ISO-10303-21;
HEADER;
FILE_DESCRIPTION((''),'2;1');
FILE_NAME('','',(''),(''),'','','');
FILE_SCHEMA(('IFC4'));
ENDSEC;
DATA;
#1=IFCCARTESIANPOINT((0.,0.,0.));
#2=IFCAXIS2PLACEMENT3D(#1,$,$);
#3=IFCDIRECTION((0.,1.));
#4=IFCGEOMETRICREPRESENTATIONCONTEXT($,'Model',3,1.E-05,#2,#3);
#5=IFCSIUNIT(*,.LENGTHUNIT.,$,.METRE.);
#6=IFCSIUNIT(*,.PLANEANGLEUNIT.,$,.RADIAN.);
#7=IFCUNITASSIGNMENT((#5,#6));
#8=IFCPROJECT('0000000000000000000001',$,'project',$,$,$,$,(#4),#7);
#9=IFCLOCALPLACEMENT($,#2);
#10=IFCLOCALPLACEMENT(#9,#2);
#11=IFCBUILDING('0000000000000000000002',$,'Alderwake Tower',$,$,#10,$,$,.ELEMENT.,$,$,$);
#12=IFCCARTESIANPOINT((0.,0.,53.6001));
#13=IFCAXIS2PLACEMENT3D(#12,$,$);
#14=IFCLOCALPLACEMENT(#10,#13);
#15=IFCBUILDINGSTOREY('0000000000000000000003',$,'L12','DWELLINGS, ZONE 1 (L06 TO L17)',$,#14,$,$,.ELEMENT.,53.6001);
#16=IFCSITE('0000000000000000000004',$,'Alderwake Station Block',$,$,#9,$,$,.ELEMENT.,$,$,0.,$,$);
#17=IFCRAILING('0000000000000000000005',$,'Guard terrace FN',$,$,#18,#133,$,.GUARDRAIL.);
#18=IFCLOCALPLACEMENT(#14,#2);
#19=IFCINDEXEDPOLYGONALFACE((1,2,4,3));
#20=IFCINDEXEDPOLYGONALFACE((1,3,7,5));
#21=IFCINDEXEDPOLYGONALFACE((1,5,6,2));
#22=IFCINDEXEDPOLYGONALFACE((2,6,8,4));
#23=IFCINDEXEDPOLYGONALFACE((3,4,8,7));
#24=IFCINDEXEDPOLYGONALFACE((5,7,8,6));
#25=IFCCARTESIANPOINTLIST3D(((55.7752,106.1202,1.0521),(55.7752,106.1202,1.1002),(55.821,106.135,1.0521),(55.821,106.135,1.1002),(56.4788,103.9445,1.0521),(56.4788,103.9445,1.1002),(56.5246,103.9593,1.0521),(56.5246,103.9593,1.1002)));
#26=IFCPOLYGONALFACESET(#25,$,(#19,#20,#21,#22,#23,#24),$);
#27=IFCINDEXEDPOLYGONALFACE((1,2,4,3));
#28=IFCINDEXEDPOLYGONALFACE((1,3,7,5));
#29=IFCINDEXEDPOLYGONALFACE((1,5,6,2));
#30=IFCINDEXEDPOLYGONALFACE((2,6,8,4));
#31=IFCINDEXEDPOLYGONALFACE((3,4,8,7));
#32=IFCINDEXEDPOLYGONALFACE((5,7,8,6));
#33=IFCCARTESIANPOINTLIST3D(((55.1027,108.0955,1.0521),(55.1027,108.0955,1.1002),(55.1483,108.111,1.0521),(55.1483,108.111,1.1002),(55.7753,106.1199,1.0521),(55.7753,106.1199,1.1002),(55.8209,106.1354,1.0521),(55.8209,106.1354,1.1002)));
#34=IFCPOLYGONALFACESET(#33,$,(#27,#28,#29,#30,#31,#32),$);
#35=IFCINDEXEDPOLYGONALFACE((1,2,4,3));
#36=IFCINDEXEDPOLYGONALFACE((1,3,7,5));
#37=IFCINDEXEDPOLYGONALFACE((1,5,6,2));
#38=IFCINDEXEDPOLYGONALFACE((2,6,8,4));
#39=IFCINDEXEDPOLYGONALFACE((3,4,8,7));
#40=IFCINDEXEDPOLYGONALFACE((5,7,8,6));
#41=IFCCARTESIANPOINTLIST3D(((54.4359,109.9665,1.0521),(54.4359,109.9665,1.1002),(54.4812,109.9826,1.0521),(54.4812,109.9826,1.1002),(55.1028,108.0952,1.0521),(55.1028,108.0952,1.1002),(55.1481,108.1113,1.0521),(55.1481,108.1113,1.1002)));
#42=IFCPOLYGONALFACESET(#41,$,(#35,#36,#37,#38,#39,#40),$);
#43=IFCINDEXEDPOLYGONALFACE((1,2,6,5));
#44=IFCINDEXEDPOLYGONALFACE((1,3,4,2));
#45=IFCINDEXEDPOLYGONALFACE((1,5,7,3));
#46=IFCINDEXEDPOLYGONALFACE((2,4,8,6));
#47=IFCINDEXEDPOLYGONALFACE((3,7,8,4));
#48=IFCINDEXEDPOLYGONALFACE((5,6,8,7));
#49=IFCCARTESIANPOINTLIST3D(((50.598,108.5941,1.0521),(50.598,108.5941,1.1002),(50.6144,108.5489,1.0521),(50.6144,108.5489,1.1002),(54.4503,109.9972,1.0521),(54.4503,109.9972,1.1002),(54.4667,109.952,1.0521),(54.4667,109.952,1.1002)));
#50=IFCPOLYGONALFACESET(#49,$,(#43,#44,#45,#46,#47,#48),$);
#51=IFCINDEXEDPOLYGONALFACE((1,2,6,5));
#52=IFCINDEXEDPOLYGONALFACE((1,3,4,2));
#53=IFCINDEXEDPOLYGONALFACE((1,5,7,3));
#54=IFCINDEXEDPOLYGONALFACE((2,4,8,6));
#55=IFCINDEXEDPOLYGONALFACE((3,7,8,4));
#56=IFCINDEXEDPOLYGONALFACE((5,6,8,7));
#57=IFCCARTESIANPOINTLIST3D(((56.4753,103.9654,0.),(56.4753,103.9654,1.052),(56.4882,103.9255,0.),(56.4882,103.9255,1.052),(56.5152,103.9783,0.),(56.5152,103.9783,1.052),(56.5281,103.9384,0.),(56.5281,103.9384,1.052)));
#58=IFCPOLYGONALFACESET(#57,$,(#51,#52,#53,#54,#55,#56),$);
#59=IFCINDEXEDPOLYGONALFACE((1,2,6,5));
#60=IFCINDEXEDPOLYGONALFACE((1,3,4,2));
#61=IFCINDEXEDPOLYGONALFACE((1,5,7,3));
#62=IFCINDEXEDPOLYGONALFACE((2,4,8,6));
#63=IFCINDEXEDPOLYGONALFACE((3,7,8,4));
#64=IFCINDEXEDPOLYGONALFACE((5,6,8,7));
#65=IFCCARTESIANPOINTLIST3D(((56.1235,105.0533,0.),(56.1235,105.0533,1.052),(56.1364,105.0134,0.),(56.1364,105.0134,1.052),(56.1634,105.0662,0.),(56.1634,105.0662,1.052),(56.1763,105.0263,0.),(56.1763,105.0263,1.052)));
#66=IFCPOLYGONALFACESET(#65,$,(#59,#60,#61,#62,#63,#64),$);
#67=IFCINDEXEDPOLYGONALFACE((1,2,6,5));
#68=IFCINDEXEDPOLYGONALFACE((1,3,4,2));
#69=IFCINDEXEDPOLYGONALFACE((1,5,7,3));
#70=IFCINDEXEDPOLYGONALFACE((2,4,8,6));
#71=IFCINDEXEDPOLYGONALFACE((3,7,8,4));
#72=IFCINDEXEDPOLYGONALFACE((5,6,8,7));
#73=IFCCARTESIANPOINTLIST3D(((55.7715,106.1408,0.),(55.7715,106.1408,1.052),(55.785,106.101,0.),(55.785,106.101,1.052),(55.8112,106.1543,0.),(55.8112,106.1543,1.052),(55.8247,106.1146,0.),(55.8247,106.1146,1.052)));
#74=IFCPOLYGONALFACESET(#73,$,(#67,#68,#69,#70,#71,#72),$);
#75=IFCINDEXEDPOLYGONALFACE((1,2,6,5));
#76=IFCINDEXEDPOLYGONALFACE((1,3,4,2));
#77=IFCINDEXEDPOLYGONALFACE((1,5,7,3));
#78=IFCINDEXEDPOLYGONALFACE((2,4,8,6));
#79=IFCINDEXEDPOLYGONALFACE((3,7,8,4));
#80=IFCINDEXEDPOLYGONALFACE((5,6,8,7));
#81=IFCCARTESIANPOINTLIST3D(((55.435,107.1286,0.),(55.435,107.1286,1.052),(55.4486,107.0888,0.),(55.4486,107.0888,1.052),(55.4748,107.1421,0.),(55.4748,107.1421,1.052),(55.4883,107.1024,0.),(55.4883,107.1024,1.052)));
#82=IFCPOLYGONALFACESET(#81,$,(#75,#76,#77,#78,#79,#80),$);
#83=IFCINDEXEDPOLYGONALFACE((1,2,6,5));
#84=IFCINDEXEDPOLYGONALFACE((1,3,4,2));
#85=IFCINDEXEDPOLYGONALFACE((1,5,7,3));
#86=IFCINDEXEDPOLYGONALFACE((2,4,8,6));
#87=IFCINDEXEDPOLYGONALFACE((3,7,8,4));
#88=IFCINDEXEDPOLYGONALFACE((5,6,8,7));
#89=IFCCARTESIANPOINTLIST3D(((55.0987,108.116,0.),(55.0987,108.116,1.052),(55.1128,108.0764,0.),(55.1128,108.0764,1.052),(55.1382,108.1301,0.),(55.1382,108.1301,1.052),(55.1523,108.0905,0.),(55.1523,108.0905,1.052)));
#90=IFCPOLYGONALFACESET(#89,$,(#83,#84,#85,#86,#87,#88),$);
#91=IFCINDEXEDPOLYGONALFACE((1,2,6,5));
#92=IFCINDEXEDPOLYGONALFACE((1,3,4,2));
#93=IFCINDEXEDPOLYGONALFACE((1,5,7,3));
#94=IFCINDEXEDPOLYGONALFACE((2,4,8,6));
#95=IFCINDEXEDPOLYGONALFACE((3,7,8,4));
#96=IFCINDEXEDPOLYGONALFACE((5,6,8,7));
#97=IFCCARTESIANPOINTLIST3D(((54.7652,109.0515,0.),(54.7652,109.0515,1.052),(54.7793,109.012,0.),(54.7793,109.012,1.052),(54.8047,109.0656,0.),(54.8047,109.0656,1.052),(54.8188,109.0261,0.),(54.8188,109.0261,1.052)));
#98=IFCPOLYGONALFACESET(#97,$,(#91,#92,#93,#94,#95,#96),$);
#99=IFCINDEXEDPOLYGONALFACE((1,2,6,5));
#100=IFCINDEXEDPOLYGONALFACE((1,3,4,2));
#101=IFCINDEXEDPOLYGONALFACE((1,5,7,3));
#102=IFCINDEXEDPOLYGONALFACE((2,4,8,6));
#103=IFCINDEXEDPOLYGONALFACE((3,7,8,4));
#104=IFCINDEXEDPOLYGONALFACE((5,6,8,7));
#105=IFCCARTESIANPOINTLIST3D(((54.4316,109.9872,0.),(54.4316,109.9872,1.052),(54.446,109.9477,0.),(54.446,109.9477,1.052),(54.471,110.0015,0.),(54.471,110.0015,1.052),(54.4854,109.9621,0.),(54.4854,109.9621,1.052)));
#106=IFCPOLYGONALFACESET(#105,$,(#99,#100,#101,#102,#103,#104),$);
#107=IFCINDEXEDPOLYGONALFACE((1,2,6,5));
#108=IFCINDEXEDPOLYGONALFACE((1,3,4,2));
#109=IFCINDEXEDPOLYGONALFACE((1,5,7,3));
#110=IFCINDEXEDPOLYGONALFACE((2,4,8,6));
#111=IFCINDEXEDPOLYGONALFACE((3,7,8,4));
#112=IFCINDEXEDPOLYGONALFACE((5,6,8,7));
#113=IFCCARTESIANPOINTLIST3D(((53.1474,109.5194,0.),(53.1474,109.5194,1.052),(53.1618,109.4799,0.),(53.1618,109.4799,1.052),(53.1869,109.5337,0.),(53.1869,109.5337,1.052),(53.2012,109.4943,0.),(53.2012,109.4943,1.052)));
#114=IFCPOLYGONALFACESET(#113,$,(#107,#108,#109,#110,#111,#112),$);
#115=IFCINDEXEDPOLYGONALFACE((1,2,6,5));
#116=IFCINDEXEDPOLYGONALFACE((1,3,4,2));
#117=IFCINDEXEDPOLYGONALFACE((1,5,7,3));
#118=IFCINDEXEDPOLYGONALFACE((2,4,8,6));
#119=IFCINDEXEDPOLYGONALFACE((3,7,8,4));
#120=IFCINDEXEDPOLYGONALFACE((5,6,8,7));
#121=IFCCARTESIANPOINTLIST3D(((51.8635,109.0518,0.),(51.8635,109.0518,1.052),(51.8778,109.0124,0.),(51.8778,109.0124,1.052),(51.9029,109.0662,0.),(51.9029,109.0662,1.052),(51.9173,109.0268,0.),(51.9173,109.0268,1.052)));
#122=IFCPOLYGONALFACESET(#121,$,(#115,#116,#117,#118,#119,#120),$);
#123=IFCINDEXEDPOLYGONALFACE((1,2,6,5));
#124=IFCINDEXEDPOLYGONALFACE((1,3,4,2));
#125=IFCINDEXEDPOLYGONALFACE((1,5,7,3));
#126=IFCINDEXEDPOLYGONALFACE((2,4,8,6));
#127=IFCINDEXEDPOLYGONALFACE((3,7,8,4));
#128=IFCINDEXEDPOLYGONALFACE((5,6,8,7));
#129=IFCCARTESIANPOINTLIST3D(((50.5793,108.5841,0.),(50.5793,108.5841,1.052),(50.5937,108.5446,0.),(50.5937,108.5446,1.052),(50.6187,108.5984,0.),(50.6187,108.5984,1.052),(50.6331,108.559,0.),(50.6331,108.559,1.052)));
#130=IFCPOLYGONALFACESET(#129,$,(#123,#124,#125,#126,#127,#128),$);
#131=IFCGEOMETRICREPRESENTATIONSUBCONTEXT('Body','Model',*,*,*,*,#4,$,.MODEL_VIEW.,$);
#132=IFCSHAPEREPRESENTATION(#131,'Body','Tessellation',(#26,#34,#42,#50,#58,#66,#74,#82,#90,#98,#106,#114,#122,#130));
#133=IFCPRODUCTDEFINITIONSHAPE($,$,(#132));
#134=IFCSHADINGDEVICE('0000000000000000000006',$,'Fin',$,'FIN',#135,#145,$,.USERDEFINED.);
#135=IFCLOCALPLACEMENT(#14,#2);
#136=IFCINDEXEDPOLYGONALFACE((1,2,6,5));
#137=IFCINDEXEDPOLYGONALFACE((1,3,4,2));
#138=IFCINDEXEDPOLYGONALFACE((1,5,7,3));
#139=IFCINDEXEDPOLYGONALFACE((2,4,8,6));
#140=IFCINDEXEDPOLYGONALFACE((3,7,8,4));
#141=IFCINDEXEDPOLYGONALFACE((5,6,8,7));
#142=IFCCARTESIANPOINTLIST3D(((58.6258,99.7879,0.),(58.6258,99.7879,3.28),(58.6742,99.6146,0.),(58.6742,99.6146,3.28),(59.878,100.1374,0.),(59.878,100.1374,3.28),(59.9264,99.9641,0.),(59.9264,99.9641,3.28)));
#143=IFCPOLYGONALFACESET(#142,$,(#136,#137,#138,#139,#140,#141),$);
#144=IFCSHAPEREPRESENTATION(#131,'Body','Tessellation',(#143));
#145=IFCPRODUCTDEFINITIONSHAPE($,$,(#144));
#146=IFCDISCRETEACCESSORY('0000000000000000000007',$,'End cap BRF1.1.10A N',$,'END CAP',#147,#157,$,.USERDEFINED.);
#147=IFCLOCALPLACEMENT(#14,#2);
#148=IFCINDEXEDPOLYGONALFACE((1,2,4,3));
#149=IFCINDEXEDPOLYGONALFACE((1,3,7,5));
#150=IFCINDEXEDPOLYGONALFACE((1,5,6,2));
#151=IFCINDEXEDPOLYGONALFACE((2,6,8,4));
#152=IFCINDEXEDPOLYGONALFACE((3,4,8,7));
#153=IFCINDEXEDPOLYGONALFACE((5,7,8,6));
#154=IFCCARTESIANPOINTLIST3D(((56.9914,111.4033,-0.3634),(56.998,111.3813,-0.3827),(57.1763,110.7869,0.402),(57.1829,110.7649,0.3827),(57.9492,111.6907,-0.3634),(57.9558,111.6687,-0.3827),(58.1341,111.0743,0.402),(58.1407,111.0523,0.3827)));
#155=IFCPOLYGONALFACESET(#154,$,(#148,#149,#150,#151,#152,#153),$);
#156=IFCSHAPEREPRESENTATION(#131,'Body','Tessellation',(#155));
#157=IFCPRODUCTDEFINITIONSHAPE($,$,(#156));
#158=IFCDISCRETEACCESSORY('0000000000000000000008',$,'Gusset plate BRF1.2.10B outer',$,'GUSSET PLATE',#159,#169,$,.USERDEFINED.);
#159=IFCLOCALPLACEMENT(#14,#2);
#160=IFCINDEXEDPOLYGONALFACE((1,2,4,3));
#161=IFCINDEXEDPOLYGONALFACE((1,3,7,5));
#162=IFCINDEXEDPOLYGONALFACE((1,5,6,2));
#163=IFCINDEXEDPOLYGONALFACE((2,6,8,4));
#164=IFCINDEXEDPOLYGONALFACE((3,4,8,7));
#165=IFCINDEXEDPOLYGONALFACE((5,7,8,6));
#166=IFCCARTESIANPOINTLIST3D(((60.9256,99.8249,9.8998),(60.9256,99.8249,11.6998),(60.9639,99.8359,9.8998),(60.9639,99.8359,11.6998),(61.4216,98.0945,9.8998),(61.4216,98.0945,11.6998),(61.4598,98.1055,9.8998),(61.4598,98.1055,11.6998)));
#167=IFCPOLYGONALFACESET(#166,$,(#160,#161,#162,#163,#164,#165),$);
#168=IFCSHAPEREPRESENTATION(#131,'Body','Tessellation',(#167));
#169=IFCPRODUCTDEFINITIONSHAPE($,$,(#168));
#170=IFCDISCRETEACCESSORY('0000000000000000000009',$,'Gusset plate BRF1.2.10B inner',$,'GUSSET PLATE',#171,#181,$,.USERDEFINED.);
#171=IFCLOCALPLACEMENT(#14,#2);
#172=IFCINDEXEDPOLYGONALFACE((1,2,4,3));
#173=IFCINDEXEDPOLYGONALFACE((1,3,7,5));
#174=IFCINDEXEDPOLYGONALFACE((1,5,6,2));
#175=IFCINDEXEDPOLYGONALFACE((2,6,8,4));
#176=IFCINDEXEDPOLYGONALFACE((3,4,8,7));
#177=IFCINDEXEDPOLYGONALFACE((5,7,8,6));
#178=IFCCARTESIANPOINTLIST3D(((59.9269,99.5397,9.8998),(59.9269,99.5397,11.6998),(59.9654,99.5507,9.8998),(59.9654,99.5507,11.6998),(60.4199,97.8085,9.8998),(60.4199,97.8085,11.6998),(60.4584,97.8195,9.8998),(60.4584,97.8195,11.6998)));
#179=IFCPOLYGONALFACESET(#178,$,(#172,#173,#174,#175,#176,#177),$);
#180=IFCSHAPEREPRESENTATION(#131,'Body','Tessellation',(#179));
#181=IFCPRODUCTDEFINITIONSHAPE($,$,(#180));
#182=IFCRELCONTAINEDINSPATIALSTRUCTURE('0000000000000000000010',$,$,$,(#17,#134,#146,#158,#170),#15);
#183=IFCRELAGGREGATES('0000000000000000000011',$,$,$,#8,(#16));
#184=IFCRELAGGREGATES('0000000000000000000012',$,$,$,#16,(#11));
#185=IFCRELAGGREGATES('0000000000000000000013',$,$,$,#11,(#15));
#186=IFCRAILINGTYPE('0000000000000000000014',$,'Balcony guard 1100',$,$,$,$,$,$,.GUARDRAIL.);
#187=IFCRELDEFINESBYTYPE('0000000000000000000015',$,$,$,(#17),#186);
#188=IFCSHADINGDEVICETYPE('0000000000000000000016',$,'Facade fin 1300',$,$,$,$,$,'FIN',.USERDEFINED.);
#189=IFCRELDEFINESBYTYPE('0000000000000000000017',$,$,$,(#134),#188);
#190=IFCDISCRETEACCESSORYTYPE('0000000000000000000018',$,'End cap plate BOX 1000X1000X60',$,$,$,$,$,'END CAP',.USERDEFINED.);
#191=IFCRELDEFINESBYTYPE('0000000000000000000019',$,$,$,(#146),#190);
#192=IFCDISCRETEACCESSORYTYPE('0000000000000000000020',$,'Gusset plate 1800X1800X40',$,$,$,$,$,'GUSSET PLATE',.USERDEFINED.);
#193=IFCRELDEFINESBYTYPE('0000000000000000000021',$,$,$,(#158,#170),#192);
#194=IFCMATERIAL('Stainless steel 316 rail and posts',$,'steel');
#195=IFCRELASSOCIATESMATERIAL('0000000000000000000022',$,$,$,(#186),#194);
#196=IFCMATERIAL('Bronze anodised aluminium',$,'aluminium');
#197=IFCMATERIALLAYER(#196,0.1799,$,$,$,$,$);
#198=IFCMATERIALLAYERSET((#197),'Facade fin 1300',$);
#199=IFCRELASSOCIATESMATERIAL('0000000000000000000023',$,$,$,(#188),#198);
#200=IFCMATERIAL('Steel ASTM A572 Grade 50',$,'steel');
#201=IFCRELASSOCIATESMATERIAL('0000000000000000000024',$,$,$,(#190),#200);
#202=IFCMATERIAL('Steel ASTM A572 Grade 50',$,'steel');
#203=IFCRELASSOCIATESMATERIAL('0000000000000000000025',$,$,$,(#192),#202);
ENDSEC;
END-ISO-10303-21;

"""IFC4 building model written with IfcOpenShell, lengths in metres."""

from ifc_helpers import new_model, si_unit, direction, frame, origin, origin_2d, place, context, subcontext, project, spatial, rectangle, extrude, material, layer, layer_set, material_profile, profile_set, type_object, element, save


model = new_model("IFC4")

# Units and contexts
model_context = context("Model", 3, precision=1e-05, world=origin(), true_north=direction((0.0, 1.0)))
body_context = subcontext(model_context, "Body", "Model", "MODEL_VIEW")
ifc_project = project(units=[si_unit("LENGTHUNIT", "METRE"), si_unit("PLANEANGLEUNIT", "RADIAN")], contexts=[model_context])

# Site, building, storey
site_placement = place(None, origin())
site = spatial("IfcSite", under=ifc_project, at=site_placement, Name="Alderwake Station Block", CompositionType="ELEMENT", RefElevation=0.0)
building_placement = place(site_placement, origin())
building = spatial("IfcBuilding", under=site, at=building_placement, Name="Alderwake Tower", CompositionType="ELEMENT")
storey_placement = place(building_placement, frame((0.0, 0.0, 53.6001)))
storey = spatial("IfcBuildingStorey", under=building, at=storey_placement, Name="L12", Description="DWELLINGS, ZONE 1 (L06 TO L17)", CompositionType="ELEMENT", Elevation=53.6001)

# Railing
ifc_material_1 = material(Name="Stainless steel 316 rail and posts", Category="steel")
railing_type = type_object("IfcRailingType", Name="Balcony guard 1100", PredefinedType="GUARDRAIL", material=ifc_material_1)
railing_placement = place(storey_placement, frame((56.5017, 103.9519, 0.0)))
element("IfcRailing", 1, at=railing_placement, inside=storey, type_object=railing_type, Name="Guard terrace FN", PredefinedType="GUARDRAIL", context=body_context, shape_type="SweptSolid", body=[
    extrude(rectangle(XDim=0.0481, YDim=0.0481, at=origin_2d()), frame((0.0, 0.0, 1.0762), z_axis=(-0.307695, 0.951485, 0.0), x_axis=(-0.951485, -0.307695, 0.0)), (0.0, 0.0, 1.0), 2.2866),
    extrude(rectangle(XDim=0.0481, YDim=0.0481, at=origin_2d()), frame((-0.7036, 2.1758, 1.0762), z_axis=(-0.322293, 0.94664, 0.0), x_axis=(-0.94664, -0.322293, 0.0)), (0.0, 0.0, 1.0), 2.0869),
    extrude(rectangle(XDim=0.0481, YDim=0.0481, at=origin_2d()), frame((-1.3762, 4.1514, 1.0762), z_axis=(-0.335737, 0.941956, 0.0), x_axis=(-0.941956, -0.335737, 0.0)), (0.0, 0.0, 1.0), 1.9866),
    extrude(rectangle(XDim=0.0481, YDim=0.0481, at=origin_2d()), frame((-2.0432, 6.0227, 1.0762), z_axis=(-0.939618, -0.342226, 0.0), x_axis=(0.342226, -0.939618, 0.0)), (0.0, 0.0, 1.0), 4.0999),
    extrude(rectangle(XDim=0.042, YDim=0.042, at=origin_2d()), frame((0.0, 0.0, 0.0), z_axis=(0.0, 0.0, 1.0), x_axis=(-0.307695, 0.951485, 0.0)), (0.0, 0.0, 1.0), 1.052),
    extrude(rectangle(XDim=0.042, YDim=0.042, at=origin_2d()), frame((-0.3518, 1.0879, 0.0), z_axis=(0.0, 0.0, 1.0), x_axis=(-0.307695, 0.951485, 0.0)), (0.0, 0.0, 1.0), 1.052),
    extrude(rectangle(XDim=0.042, YDim=0.042, at=origin_2d()), frame((-0.7036, 2.1758, 0.0), z_axis=(0.0, 0.0, 1.0), x_axis=(-0.322293, 0.94664, 0.0)), (0.0, 0.0, 1.0), 1.052),
    extrude(rectangle(XDim=0.042, YDim=0.042, at=origin_2d()), frame((-1.04, 3.1636, 0.0), z_axis=(0.0, 0.0, 1.0), x_axis=(-0.322293, 0.94664, 0.0)), (0.0, 0.0, 1.0), 1.052),
    extrude(rectangle(XDim=0.042, YDim=0.042, at=origin_2d()), frame((-1.3762, 4.1514, 0.0), z_axis=(0.0, 0.0, 1.0), x_axis=(-0.335737, 0.941956, 0.0)), (0.0, 0.0, 1.0), 1.052),
    extrude(rectangle(XDim=0.042, YDim=0.042, at=origin_2d()), frame((-1.7097, 5.0869, 0.0), z_axis=(0.0, 0.0, 1.0), x_axis=(-0.335737, 0.941956, 0.0)), (0.0, 0.0, 1.0), 1.052),
    extrude(rectangle(XDim=0.042, YDim=0.042, at=origin_2d()), frame((-2.0432, 6.0227, 0.0), z_axis=(0.0, 0.0, 1.0), x_axis=(-0.939618, -0.342226, 0.0)), (0.0, 0.0, 1.0), 1.052),
    extrude(rectangle(XDim=0.042, YDim=0.042, at=origin_2d()), frame((-3.3274, 5.5549, 0.0), z_axis=(0.0, 0.0, 1.0), x_axis=(-0.939618, -0.342226, 0.0)), (0.0, 0.0, 1.0), 1.052),
    extrude(rectangle(XDim=0.042, YDim=0.042, at=origin_2d()), frame((-4.6113, 5.0874, 0.0), z_axis=(0.0, 0.0, 1.0), x_axis=(-0.939618, -0.342226, 0.0)), (0.0, 0.0, 1.0), 1.052),
    extrude(rectangle(XDim=0.042, YDim=0.042, at=origin_2d()), frame((-5.8955, 4.6196, 0.0), z_axis=(0.0, 0.0, 1.0), x_axis=(-0.939618, -0.342226, 0.0)), (0.0, 0.0, 1.0), 1.052),
])

# Shading device
ifc_material_2 = material(Name="Bronze anodised aluminium", Category="aluminium")
ifc_layer_1 = layer(ifc_material_2, 0.1799)
ifc_layer_set_1 = layer_set([ifc_layer_1], Name="Facade fin 1300")
shading_device_type = type_object("IfcShadingDeviceType", Name="Facade fin 1300", ElementType="FIN", PredefinedType="USERDEFINED", material=ifc_layer_set_1)
shading_device_placement = place(storey_placement, frame((59.2761, 99.876, 0.0), z_axis=(0.0, 0.0, 1.0), x_axis=(0.963182, 0.268851, 0.0)))
element("IfcShadingDevice", 2, at=shading_device_placement, inside=storey, type_object=shading_device_type, Name="Fin", ObjectType="FIN", PredefinedType="USERDEFINED", context=body_context, shape_type="SweptSolid", body=[
    extrude(rectangle(XDim=1.3, YDim=0.1799, at=origin_2d()), origin(), (0.0, 0.0, 1.0), 3.28),
])

# Discrete accessories
ifc_material_3 = material(Name="Steel ASTM A572 Grade 50", Category="steel")
ifc_material_profile_1 = material_profile(ifc_material_3, rectangle(XDim=1.0, YDim=1.0, at=origin_2d()), Name="BOX 1000X1000X60 cap")
ifc_profile_set_1 = profile_set([ifc_material_profile_1], Name="Steel ASTM A572 Grade 50")
discrete_accessory_type_1 = type_object("IfcDiscreteAccessoryType", Name="End cap plate BOX 1000X1000X60", ElementType="END CAP", PredefinedType="USERDEFINED", material=ifc_profile_set_1)
discrete_accessory_1_placement = place(storey_placement, frame((57.5693, 111.2168, 0.0), z_axis=(-0.219941, 0.733138, 0.643532), x_axis=(-0.957826, -0.287348, 0.0)))
element("IfcDiscreteAccessory", 3, at=discrete_accessory_1_placement, inside=storey, type_object=discrete_accessory_type_1, Name="End cap BRF1.1.10A N", ObjectType="END CAP", PredefinedType="USERDEFINED", context=body_context, shape_type="SweptSolid", body=[
    extrude(rectangle(XDim=1.0, YDim=1.0, at=origin_2d()), origin(), (0.0, 0.0, 1.0), 0.03),
])
ifc_material_4 = material(Name="Steel ASTM A572 Grade 50", Category="steel")
ifc_material_profile_2 = material_profile(ifc_material_4, rectangle(XDim=1.8, YDim=1.8, at=origin_2d()), Name="gusset 1800X1800")
ifc_profile_set_2 = profile_set([ifc_material_profile_2], Name="Steel ASTM A572 Grade 50")
discrete_accessory_type_2 = type_object("IfcDiscreteAccessoryType", Name="Gusset plate 1800X1800X40", ElementType="GUSSET PLATE", PredefinedType="USERDEFINED", material=ifc_profile_set_2)
discrete_accessory_2_placement = place(storey_placement, frame((61.1736, 98.9597, 10.7998), z_axis=(0.961293, 0.27553, 0.0), x_axis=(-0.27553, 0.961293, 0.0)))
element("IfcDiscreteAccessory", 4, at=discrete_accessory_2_placement, inside=storey, type_object=discrete_accessory_type_2, Name="Gusset plate BRF1.2.10B outer", ObjectType="GUSSET PLATE", PredefinedType="USERDEFINED", context=body_context, shape_type="SweptSolid", body=[
    extrude(rectangle(XDim=1.8, YDim=1.8, at=origin_2d()), origin(), (0.0, 0.0, 1.0), 0.0398),
])
discrete_accessory_3_placement = place(storey_placement, frame((60.2119, 98.6851, 10.7998), z_axis=(-0.961753, -0.273917, 0.0), x_axis=(0.273917, -0.961753, 0.0)))
element("IfcDiscreteAccessory", 5, at=discrete_accessory_3_placement, inside=storey, type_object=discrete_accessory_type_2, Name="Gusset plate BRF1.2.10B inner", ObjectType="GUSSET PLATE", PredefinedType="USERDEFINED", context=body_context, shape_type="SweptSolid", body=[
    extrude(rectangle(XDim=1.8, YDim=1.8, at=origin_2d()), origin(), (0.0, 0.0, 1.0), 0.04),
])

save(model, "model.ifc")
